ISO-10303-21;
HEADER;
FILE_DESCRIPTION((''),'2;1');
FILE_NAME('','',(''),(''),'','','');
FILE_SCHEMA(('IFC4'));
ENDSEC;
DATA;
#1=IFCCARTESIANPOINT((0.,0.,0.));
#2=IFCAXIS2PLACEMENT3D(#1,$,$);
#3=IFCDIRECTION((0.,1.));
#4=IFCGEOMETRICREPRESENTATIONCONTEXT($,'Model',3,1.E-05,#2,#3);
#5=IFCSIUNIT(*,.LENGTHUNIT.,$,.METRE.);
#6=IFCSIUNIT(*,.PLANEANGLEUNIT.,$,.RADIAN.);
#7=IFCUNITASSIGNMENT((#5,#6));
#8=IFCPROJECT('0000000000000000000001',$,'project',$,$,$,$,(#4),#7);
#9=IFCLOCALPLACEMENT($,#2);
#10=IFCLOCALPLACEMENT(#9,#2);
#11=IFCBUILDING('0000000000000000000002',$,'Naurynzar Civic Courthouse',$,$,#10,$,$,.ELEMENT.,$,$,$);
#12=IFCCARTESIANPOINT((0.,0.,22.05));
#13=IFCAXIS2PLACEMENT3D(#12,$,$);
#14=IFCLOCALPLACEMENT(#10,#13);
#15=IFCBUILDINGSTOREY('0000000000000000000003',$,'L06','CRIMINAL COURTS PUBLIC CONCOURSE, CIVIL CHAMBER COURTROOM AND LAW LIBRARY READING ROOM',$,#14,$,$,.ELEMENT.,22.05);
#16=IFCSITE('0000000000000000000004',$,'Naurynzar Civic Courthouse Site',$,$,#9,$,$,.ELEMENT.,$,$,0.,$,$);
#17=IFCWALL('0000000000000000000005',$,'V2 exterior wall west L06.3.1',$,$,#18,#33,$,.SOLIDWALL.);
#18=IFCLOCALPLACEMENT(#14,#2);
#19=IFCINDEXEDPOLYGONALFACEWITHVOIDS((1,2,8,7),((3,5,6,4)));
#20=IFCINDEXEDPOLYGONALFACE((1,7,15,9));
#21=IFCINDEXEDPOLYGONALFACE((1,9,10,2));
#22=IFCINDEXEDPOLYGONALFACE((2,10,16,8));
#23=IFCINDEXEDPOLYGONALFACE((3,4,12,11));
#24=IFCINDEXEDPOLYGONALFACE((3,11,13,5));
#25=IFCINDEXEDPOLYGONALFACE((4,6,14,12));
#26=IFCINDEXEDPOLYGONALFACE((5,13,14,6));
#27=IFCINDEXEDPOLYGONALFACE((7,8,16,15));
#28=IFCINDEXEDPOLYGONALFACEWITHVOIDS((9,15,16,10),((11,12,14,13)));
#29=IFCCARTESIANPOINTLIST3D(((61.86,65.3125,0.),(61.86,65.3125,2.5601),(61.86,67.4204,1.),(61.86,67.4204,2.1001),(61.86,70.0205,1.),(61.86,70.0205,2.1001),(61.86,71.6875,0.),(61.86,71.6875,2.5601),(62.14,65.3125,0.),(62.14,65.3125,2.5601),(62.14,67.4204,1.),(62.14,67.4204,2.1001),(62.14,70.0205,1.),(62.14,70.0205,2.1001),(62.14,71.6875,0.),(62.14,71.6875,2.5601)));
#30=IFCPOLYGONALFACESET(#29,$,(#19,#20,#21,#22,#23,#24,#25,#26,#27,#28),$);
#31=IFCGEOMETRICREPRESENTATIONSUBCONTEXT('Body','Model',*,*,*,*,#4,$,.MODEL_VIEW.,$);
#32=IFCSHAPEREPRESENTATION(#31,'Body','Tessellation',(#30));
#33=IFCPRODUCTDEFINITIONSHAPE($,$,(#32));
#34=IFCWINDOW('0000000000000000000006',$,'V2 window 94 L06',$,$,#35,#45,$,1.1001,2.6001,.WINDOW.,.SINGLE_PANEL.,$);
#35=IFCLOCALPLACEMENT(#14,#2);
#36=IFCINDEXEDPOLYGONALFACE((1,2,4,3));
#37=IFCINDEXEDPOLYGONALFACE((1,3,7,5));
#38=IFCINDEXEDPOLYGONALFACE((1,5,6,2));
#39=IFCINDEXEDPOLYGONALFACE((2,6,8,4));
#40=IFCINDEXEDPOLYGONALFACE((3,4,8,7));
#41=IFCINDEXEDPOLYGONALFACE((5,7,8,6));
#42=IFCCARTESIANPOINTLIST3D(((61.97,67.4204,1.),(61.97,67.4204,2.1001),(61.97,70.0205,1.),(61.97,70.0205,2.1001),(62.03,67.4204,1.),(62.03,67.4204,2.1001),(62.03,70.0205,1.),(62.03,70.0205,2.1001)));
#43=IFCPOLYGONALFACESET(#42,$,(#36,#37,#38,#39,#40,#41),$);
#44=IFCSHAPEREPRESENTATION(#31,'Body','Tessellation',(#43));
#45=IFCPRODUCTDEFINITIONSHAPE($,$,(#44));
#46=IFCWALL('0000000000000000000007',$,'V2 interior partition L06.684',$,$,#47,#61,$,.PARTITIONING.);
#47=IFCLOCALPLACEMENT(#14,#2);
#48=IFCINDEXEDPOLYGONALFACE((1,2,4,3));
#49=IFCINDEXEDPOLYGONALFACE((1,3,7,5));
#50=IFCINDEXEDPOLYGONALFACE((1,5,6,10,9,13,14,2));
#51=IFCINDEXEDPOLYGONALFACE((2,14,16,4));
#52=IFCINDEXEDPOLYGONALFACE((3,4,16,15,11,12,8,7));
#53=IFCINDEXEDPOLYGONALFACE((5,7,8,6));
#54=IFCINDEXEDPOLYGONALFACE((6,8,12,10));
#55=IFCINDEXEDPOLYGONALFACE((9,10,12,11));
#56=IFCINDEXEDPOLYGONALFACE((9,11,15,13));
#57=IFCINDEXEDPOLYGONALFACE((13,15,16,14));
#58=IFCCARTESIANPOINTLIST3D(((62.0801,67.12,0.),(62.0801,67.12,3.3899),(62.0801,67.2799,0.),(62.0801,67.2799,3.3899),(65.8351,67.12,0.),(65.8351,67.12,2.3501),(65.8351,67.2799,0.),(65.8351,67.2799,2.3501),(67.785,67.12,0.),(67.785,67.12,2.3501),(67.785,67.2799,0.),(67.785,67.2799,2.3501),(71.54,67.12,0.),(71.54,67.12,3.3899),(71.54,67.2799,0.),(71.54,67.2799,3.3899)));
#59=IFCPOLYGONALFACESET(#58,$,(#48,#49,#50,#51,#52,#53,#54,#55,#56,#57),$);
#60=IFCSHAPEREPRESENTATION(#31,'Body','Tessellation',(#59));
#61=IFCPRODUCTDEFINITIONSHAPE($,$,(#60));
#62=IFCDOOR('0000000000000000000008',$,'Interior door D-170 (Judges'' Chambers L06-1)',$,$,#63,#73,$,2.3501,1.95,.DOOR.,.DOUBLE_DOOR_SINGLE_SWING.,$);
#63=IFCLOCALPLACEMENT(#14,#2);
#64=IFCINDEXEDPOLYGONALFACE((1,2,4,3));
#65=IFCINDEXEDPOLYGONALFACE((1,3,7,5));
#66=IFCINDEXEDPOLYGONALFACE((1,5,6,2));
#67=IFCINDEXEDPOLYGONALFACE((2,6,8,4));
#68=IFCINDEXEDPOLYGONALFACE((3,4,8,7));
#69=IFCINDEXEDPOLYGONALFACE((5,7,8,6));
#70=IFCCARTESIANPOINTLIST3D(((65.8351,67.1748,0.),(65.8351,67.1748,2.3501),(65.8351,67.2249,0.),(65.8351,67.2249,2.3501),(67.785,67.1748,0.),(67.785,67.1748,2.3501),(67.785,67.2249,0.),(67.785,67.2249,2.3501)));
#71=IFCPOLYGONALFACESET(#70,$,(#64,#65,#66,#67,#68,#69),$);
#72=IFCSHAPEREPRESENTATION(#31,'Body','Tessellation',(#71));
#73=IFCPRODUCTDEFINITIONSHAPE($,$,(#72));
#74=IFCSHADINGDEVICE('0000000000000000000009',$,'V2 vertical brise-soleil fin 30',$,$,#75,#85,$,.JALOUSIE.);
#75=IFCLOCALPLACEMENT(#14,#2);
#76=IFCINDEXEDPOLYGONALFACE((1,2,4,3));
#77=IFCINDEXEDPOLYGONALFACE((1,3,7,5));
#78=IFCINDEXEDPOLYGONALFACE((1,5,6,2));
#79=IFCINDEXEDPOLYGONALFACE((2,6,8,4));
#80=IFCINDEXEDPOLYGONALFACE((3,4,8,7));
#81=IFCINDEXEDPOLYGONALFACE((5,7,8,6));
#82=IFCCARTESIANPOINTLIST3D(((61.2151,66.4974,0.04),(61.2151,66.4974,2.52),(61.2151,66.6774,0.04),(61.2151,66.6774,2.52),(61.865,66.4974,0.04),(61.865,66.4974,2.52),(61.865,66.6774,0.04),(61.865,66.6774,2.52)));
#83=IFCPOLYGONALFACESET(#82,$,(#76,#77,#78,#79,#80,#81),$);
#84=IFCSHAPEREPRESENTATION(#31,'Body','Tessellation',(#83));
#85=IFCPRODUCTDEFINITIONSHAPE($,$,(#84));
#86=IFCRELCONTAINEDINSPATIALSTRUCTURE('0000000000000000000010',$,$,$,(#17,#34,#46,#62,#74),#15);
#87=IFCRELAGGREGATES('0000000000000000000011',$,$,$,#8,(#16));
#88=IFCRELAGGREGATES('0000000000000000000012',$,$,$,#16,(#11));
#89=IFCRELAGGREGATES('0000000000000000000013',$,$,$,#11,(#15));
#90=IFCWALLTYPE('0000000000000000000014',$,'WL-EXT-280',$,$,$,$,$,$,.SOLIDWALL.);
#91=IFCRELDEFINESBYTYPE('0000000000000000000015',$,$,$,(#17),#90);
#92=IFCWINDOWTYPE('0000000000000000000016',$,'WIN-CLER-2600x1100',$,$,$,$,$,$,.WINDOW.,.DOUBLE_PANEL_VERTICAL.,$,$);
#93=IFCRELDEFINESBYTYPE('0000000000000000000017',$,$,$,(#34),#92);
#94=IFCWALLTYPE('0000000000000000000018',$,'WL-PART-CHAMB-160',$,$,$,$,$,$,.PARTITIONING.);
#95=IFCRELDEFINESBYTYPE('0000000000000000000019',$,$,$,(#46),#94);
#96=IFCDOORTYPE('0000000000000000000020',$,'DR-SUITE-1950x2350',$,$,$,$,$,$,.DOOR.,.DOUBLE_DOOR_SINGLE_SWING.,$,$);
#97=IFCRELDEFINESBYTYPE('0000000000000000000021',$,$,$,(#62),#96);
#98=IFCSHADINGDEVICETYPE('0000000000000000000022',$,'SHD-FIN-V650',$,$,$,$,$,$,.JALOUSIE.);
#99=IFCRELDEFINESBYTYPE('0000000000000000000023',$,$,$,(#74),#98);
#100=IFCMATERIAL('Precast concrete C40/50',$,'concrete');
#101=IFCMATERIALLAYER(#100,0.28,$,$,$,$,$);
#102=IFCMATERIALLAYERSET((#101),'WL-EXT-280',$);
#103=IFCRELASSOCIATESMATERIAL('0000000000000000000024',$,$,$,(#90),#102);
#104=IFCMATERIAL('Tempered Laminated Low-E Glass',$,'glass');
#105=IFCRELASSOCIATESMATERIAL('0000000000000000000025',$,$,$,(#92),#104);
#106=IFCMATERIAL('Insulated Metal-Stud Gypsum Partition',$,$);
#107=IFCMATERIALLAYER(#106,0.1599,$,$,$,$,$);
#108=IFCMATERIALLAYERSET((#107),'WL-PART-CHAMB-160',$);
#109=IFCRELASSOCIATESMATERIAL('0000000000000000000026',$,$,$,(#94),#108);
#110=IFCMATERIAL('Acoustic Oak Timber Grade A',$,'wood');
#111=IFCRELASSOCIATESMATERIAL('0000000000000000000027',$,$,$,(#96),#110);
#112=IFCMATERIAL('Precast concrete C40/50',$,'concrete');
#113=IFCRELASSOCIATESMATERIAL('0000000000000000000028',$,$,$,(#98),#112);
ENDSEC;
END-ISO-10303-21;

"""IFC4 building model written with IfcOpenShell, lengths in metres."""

from ifc_helpers import new_model, si_unit, direction, frame, frame_2d, origin, origin_2d, place, context, subcontext, project, spatial, rectangle, extrude, material, layer, layer_set, type_object, element, fill, save


model = new_model("IFC4")

# Units and contexts
model_context = context("Model", 3, precision=1e-05, world=origin(), true_north=direction((0.0, 1.0)))
body_context = subcontext(model_context, "Body", "Model", "MODEL_VIEW")
ifc_project = project(units=[si_unit("LENGTHUNIT", "METRE"), si_unit("PLANEANGLEUNIT", "RADIAN")], contexts=[model_context])

# Site, building, storey
site_placement = place(None, origin())
site = spatial("IfcSite", under=ifc_project, at=site_placement, Name="Naurynzar Civic Courthouse Site", CompositionType="ELEMENT", RefElevation=0.0)
building_placement = place(site_placement, origin())
building = spatial("IfcBuilding", under=site, at=building_placement, Name="Naurynzar Civic Courthouse", CompositionType="ELEMENT")
storey_placement = place(building_placement, frame((0.0, 0.0, 22.05)))
storey = spatial("IfcBuildingStorey", under=building, at=storey_placement, Name="L06", Description="CRIMINAL COURTS PUBLIC CONCOURSE, CIVIL CHAMBER COURTROOM AND LAW LIBRARY READING ROOM", CompositionType="ELEMENT", Elevation=22.05)

# Wall, opening, window
ifc_material_1 = material(Name="Precast concrete C40/50", Category="concrete")
ifc_layer_1 = layer(ifc_material_1, 0.28)
ifc_layer_set_1 = layer_set([ifc_layer_1], Name="WL-EXT-280")
wall_type_1 = type_object("IfcWallType", Name="WL-EXT-280", PredefinedType="SOLIDWALL", material=ifc_layer_set_1)
wall_1_placement = place(storey_placement, frame((62.0, 65.3125, 0.0), z_axis=(0.0, 0.0, 1.0), x_axis=(0.0, 1.0, 0.0)))
wall_1 = element("IfcWall", 1, at=wall_1_placement, inside=storey, type_object=wall_type_1, Name="V2 exterior wall west L06.3.1", PredefinedType="SOLIDWALL", context=body_context, shape_type="SweptSolid", body=[
    extrude(rectangle(XDim=6.375, YDim=0.28, at=frame_2d((3.1875, 0.0))), origin(), (0.0, 0.0, 1.0), 2.5601),
])
opening_1_placement = place(wall_1_placement, frame((2.1079, 0.0, 1.0)))
opening_1 = element("IfcOpeningElement", 2, at=opening_1_placement, cuts=wall_1, PredefinedType="OPENING", context=body_context, shape_type="SweptSolid", body=[
    extrude(rectangle(XDim=2.6001, YDim=1.1001, at=frame_2d((1.3, 0.55))), frame((0.0, 0.1499, 0.0), z_axis=(0.0, -1.0, 0.0), x_axis=(1.0, 0.0, 0.0)), (0.0, 0.0, 1.0), 0.3),
])
ifc_material_2 = material(Name="Tempered Laminated Low-E Glass", Category="glass")
window_type = type_object("IfcWindowType", Name="WIN-CLER-2600x1100", PartitioningType="DOUBLE_PANEL_VERTICAL", PredefinedType="WINDOW", material=ifc_material_2)
window_placement = place(opening_1_placement, origin())
window = element("IfcWindow", 3, at=window_placement, inside=storey, type_object=window_type, Name="V2 window 94 L06", OverallHeight=1.1001, OverallWidth=2.6001, PartitioningType="SINGLE_PANEL", PredefinedType="WINDOW", context=body_context, shape_type="SweptSolid", body=[
    extrude(rectangle(XDim=2.6001, YDim=1.1001, at=frame_2d((1.3, 0.55))), frame((0.0, 0.03, 0.0), z_axis=(0.0, -1.0, 0.0), x_axis=(1.0, 0.0, 0.0)), (0.0, 0.0, 1.0), 0.0601),
])
fill(opening_1, window)

# Wall, opening, door
ifc_material_3 = material(Name="Insulated Metal-Stud Gypsum Partition")
ifc_layer_2 = layer(ifc_material_3, 0.1599)
ifc_layer_set_2 = layer_set([ifc_layer_2], Name="WL-PART-CHAMB-160")
wall_type_2 = type_object("IfcWallType", Name="WL-PART-CHAMB-160", PredefinedType="PARTITIONING", material=ifc_layer_set_2)
wall_2_placement = place(storey_placement, frame((62.0801, 67.2, 0.0), z_axis=(0.0, 0.0, 1.0), x_axis=(1.0, 0.0, 0.0)))
wall_2 = element("IfcWall", 4, at=wall_2_placement, inside=storey, type_object=wall_type_2, Name="V2 interior partition L06.684", PredefinedType="PARTITIONING", context=body_context, shape_type="SweptSolid", body=[
    extrude(rectangle(XDim=9.46, YDim=0.1599, at=frame_2d((4.73, 0.0))), origin(), (0.0, 0.0, 1.0), 3.3899),
])
opening_2_placement = place(wall_2_placement, frame((3.7549, 0.0, 0.0)))
opening_2 = element("IfcOpeningElement", 5, at=opening_2_placement, cuts=wall_2, PredefinedType="OPENING", context=body_context, shape_type="SweptSolid", body=[
    extrude(rectangle(XDim=1.95, YDim=2.3501, at=frame_2d((0.9751, 1.175))), frame((0.0, 0.0898, 0.0), z_axis=(0.0, -1.0, 0.0), x_axis=(1.0, 0.0, 0.0)), (0.0, 0.0, 1.0), 0.1799),
])
ifc_material_4 = material(Name="Acoustic Oak Timber Grade A", Category="wood")
door_type = type_object("IfcDoorType", Name="DR-SUITE-1950x2350", OperationType="DOUBLE_DOOR_SINGLE_SWING", PredefinedType="DOOR", material=ifc_material_4)
door_placement = place(opening_2_placement, origin())
door = element("IfcDoor", 6, at=door_placement, inside=storey, type_object=door_type, Name="Interior door D-170 (Judges' Chambers L06-1)", OperationType="DOUBLE_DOOR_SINGLE_SWING", OverallHeight=2.3501, OverallWidth=1.95, PredefinedType="DOOR", context=body_context, shape_type="SweptSolid", body=[
    extrude(rectangle(XDim=1.95, YDim=2.3501, at=frame_2d((0.9751, 1.175))), frame((0.0, 0.0249, 0.0), z_axis=(0.0, -1.0, 0.0), x_axis=(1.0, 0.0, 0.0)), (0.0, 0.0, 1.0), 0.05),
])
fill(opening_2, door)

# Shading device
ifc_material_5 = material(Name="Precast concrete C40/50", Category="concrete")
shading_device_type = type_object("IfcShadingDeviceType", Name="SHD-FIN-V650", PredefinedType="JALOUSIE", material=ifc_material_5)
shading_device_placement = place(storey_placement, frame((61.54, 66.5874, 0.04), z_axis=(0.0, 0.0, 1.0), x_axis=(0.0, 1.0, 0.0)))
element("IfcShadingDevice", 7, at=shading_device_placement, inside=storey, type_object=shading_device_type, Name="V2 vertical brise-soleil fin 30", PredefinedType="JALOUSIE", context=body_context, shape_type="SweptSolid", body=[
    extrude(rectangle(XDim=0.1799, YDim=0.6499, at=origin_2d()), origin(), (0.0, 0.0, 1.0), 2.48),
])

save(model, "model.ifc")
